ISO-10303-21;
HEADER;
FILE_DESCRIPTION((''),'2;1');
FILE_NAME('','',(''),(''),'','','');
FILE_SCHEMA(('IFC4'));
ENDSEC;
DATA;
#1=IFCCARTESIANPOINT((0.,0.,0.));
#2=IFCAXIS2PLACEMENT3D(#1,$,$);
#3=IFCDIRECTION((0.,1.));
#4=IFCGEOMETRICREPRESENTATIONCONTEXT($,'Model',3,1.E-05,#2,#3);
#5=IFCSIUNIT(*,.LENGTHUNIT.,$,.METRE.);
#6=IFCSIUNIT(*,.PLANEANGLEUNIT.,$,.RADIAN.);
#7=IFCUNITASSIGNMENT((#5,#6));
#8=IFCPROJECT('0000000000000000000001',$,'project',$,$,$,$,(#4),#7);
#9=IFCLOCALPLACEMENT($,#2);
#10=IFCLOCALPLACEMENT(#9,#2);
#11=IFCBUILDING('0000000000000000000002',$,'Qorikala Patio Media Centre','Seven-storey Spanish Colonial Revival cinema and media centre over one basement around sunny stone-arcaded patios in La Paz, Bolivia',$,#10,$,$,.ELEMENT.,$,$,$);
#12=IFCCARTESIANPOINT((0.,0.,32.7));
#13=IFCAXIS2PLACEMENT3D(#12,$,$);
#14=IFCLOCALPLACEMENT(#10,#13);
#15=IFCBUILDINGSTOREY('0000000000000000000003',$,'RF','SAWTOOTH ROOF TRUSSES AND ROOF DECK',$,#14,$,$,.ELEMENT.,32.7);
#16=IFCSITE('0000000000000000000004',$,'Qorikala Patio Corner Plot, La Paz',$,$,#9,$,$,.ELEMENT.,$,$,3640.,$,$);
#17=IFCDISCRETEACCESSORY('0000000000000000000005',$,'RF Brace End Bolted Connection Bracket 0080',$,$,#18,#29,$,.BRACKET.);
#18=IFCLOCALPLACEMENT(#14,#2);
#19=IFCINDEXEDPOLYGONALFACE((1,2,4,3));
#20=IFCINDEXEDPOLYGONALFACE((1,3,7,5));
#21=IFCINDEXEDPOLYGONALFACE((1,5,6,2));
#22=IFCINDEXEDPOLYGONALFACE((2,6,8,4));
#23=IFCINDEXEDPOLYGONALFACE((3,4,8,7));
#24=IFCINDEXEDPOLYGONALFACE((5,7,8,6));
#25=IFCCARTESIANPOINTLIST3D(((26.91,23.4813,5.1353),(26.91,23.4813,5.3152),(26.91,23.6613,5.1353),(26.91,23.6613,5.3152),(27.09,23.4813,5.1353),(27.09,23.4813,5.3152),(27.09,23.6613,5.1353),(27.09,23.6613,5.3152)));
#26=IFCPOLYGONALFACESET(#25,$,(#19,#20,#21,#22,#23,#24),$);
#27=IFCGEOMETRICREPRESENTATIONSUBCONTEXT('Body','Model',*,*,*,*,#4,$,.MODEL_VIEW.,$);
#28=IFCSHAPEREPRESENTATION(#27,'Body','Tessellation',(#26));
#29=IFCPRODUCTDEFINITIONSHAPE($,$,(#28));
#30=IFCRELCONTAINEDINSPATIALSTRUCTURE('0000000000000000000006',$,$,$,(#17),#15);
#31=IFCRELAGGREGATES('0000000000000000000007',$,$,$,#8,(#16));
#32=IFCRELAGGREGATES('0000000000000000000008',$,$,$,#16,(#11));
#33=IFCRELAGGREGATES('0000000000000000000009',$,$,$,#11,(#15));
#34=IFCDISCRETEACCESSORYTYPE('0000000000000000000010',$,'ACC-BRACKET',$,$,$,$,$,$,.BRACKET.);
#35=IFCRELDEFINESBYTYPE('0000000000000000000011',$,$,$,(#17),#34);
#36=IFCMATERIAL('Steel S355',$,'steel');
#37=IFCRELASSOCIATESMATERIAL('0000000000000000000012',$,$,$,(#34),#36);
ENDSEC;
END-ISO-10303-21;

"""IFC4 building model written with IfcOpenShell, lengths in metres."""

from ifc_helpers import new_model, si_unit, direction, frame, origin, origin_2d, place, context, subcontext, project, spatial, rectangle, extrude, material, type_object, element, save


model = new_model("IFC4")

# Units and contexts
model_context = context("Model", 3, precision=1e-05, world=origin(), true_north=direction((0.0, 1.0)))
body_context = subcontext(model_context, "Body", "Model", "MODEL_VIEW")
ifc_project = project(units=[si_unit("LENGTHUNIT", "METRE"), si_unit("PLANEANGLEUNIT", "RADIAN")], contexts=[model_context])

# Site, building, storey
site_placement = place(None, origin())
site = spatial("IfcSite", under=ifc_project, at=site_placement, Name="Qorikala Patio Corner Plot, La Paz", CompositionType="ELEMENT", RefElevation=3640.0)
building_placement = place(site_placement, origin())
building = spatial("IfcBuilding", under=site, at=building_placement, Name="Qorikala Patio Media Centre", Description="Seven-storey Spanish Colonial Revival cinema and media centre over one basement around sunny stone-arcaded patios in La Paz, Bolivia", CompositionType="ELEMENT")
storey_placement = place(building_placement, frame((0.0, 0.0, 32.7)))
storey = spatial("IfcBuildingStorey", under=building, at=storey_placement, Name="RF", Description="SAWTOOTH ROOF TRUSSES AND ROOF DECK", CompositionType="ELEMENT", Elevation=32.7)

# Shared definitions
ifc_material_1 = material(Name="Steel S355", Category="steel")

# Discrete accessory
discrete_accessory_type = type_object("IfcDiscreteAccessoryType", Name="ACC-BRACKET", PredefinedType="BRACKET", material=ifc_material_1)
discrete_accessory_placement = place(storey_placement, frame((27.0, 23.5713, 5.1353), z_axis=(0.0, 0.0, 1.0), x_axis=(1.0, 0.0, 0.0)))
element("IfcDiscreteAccessory", 1, at=discrete_accessory_placement, inside=storey, type_object=discrete_accessory_type, Name="RF Brace End Bolted Connection Bracket 0080", PredefinedType="BRACKET", context=body_context, shape_type="SweptSolid", body=[
    extrude(rectangle(XDim=0.1799, YDim=0.1799, at=origin_2d()), origin(), (0.0, 0.0, 1.0), 0.1799),
])

save(model, "model.ifc")
